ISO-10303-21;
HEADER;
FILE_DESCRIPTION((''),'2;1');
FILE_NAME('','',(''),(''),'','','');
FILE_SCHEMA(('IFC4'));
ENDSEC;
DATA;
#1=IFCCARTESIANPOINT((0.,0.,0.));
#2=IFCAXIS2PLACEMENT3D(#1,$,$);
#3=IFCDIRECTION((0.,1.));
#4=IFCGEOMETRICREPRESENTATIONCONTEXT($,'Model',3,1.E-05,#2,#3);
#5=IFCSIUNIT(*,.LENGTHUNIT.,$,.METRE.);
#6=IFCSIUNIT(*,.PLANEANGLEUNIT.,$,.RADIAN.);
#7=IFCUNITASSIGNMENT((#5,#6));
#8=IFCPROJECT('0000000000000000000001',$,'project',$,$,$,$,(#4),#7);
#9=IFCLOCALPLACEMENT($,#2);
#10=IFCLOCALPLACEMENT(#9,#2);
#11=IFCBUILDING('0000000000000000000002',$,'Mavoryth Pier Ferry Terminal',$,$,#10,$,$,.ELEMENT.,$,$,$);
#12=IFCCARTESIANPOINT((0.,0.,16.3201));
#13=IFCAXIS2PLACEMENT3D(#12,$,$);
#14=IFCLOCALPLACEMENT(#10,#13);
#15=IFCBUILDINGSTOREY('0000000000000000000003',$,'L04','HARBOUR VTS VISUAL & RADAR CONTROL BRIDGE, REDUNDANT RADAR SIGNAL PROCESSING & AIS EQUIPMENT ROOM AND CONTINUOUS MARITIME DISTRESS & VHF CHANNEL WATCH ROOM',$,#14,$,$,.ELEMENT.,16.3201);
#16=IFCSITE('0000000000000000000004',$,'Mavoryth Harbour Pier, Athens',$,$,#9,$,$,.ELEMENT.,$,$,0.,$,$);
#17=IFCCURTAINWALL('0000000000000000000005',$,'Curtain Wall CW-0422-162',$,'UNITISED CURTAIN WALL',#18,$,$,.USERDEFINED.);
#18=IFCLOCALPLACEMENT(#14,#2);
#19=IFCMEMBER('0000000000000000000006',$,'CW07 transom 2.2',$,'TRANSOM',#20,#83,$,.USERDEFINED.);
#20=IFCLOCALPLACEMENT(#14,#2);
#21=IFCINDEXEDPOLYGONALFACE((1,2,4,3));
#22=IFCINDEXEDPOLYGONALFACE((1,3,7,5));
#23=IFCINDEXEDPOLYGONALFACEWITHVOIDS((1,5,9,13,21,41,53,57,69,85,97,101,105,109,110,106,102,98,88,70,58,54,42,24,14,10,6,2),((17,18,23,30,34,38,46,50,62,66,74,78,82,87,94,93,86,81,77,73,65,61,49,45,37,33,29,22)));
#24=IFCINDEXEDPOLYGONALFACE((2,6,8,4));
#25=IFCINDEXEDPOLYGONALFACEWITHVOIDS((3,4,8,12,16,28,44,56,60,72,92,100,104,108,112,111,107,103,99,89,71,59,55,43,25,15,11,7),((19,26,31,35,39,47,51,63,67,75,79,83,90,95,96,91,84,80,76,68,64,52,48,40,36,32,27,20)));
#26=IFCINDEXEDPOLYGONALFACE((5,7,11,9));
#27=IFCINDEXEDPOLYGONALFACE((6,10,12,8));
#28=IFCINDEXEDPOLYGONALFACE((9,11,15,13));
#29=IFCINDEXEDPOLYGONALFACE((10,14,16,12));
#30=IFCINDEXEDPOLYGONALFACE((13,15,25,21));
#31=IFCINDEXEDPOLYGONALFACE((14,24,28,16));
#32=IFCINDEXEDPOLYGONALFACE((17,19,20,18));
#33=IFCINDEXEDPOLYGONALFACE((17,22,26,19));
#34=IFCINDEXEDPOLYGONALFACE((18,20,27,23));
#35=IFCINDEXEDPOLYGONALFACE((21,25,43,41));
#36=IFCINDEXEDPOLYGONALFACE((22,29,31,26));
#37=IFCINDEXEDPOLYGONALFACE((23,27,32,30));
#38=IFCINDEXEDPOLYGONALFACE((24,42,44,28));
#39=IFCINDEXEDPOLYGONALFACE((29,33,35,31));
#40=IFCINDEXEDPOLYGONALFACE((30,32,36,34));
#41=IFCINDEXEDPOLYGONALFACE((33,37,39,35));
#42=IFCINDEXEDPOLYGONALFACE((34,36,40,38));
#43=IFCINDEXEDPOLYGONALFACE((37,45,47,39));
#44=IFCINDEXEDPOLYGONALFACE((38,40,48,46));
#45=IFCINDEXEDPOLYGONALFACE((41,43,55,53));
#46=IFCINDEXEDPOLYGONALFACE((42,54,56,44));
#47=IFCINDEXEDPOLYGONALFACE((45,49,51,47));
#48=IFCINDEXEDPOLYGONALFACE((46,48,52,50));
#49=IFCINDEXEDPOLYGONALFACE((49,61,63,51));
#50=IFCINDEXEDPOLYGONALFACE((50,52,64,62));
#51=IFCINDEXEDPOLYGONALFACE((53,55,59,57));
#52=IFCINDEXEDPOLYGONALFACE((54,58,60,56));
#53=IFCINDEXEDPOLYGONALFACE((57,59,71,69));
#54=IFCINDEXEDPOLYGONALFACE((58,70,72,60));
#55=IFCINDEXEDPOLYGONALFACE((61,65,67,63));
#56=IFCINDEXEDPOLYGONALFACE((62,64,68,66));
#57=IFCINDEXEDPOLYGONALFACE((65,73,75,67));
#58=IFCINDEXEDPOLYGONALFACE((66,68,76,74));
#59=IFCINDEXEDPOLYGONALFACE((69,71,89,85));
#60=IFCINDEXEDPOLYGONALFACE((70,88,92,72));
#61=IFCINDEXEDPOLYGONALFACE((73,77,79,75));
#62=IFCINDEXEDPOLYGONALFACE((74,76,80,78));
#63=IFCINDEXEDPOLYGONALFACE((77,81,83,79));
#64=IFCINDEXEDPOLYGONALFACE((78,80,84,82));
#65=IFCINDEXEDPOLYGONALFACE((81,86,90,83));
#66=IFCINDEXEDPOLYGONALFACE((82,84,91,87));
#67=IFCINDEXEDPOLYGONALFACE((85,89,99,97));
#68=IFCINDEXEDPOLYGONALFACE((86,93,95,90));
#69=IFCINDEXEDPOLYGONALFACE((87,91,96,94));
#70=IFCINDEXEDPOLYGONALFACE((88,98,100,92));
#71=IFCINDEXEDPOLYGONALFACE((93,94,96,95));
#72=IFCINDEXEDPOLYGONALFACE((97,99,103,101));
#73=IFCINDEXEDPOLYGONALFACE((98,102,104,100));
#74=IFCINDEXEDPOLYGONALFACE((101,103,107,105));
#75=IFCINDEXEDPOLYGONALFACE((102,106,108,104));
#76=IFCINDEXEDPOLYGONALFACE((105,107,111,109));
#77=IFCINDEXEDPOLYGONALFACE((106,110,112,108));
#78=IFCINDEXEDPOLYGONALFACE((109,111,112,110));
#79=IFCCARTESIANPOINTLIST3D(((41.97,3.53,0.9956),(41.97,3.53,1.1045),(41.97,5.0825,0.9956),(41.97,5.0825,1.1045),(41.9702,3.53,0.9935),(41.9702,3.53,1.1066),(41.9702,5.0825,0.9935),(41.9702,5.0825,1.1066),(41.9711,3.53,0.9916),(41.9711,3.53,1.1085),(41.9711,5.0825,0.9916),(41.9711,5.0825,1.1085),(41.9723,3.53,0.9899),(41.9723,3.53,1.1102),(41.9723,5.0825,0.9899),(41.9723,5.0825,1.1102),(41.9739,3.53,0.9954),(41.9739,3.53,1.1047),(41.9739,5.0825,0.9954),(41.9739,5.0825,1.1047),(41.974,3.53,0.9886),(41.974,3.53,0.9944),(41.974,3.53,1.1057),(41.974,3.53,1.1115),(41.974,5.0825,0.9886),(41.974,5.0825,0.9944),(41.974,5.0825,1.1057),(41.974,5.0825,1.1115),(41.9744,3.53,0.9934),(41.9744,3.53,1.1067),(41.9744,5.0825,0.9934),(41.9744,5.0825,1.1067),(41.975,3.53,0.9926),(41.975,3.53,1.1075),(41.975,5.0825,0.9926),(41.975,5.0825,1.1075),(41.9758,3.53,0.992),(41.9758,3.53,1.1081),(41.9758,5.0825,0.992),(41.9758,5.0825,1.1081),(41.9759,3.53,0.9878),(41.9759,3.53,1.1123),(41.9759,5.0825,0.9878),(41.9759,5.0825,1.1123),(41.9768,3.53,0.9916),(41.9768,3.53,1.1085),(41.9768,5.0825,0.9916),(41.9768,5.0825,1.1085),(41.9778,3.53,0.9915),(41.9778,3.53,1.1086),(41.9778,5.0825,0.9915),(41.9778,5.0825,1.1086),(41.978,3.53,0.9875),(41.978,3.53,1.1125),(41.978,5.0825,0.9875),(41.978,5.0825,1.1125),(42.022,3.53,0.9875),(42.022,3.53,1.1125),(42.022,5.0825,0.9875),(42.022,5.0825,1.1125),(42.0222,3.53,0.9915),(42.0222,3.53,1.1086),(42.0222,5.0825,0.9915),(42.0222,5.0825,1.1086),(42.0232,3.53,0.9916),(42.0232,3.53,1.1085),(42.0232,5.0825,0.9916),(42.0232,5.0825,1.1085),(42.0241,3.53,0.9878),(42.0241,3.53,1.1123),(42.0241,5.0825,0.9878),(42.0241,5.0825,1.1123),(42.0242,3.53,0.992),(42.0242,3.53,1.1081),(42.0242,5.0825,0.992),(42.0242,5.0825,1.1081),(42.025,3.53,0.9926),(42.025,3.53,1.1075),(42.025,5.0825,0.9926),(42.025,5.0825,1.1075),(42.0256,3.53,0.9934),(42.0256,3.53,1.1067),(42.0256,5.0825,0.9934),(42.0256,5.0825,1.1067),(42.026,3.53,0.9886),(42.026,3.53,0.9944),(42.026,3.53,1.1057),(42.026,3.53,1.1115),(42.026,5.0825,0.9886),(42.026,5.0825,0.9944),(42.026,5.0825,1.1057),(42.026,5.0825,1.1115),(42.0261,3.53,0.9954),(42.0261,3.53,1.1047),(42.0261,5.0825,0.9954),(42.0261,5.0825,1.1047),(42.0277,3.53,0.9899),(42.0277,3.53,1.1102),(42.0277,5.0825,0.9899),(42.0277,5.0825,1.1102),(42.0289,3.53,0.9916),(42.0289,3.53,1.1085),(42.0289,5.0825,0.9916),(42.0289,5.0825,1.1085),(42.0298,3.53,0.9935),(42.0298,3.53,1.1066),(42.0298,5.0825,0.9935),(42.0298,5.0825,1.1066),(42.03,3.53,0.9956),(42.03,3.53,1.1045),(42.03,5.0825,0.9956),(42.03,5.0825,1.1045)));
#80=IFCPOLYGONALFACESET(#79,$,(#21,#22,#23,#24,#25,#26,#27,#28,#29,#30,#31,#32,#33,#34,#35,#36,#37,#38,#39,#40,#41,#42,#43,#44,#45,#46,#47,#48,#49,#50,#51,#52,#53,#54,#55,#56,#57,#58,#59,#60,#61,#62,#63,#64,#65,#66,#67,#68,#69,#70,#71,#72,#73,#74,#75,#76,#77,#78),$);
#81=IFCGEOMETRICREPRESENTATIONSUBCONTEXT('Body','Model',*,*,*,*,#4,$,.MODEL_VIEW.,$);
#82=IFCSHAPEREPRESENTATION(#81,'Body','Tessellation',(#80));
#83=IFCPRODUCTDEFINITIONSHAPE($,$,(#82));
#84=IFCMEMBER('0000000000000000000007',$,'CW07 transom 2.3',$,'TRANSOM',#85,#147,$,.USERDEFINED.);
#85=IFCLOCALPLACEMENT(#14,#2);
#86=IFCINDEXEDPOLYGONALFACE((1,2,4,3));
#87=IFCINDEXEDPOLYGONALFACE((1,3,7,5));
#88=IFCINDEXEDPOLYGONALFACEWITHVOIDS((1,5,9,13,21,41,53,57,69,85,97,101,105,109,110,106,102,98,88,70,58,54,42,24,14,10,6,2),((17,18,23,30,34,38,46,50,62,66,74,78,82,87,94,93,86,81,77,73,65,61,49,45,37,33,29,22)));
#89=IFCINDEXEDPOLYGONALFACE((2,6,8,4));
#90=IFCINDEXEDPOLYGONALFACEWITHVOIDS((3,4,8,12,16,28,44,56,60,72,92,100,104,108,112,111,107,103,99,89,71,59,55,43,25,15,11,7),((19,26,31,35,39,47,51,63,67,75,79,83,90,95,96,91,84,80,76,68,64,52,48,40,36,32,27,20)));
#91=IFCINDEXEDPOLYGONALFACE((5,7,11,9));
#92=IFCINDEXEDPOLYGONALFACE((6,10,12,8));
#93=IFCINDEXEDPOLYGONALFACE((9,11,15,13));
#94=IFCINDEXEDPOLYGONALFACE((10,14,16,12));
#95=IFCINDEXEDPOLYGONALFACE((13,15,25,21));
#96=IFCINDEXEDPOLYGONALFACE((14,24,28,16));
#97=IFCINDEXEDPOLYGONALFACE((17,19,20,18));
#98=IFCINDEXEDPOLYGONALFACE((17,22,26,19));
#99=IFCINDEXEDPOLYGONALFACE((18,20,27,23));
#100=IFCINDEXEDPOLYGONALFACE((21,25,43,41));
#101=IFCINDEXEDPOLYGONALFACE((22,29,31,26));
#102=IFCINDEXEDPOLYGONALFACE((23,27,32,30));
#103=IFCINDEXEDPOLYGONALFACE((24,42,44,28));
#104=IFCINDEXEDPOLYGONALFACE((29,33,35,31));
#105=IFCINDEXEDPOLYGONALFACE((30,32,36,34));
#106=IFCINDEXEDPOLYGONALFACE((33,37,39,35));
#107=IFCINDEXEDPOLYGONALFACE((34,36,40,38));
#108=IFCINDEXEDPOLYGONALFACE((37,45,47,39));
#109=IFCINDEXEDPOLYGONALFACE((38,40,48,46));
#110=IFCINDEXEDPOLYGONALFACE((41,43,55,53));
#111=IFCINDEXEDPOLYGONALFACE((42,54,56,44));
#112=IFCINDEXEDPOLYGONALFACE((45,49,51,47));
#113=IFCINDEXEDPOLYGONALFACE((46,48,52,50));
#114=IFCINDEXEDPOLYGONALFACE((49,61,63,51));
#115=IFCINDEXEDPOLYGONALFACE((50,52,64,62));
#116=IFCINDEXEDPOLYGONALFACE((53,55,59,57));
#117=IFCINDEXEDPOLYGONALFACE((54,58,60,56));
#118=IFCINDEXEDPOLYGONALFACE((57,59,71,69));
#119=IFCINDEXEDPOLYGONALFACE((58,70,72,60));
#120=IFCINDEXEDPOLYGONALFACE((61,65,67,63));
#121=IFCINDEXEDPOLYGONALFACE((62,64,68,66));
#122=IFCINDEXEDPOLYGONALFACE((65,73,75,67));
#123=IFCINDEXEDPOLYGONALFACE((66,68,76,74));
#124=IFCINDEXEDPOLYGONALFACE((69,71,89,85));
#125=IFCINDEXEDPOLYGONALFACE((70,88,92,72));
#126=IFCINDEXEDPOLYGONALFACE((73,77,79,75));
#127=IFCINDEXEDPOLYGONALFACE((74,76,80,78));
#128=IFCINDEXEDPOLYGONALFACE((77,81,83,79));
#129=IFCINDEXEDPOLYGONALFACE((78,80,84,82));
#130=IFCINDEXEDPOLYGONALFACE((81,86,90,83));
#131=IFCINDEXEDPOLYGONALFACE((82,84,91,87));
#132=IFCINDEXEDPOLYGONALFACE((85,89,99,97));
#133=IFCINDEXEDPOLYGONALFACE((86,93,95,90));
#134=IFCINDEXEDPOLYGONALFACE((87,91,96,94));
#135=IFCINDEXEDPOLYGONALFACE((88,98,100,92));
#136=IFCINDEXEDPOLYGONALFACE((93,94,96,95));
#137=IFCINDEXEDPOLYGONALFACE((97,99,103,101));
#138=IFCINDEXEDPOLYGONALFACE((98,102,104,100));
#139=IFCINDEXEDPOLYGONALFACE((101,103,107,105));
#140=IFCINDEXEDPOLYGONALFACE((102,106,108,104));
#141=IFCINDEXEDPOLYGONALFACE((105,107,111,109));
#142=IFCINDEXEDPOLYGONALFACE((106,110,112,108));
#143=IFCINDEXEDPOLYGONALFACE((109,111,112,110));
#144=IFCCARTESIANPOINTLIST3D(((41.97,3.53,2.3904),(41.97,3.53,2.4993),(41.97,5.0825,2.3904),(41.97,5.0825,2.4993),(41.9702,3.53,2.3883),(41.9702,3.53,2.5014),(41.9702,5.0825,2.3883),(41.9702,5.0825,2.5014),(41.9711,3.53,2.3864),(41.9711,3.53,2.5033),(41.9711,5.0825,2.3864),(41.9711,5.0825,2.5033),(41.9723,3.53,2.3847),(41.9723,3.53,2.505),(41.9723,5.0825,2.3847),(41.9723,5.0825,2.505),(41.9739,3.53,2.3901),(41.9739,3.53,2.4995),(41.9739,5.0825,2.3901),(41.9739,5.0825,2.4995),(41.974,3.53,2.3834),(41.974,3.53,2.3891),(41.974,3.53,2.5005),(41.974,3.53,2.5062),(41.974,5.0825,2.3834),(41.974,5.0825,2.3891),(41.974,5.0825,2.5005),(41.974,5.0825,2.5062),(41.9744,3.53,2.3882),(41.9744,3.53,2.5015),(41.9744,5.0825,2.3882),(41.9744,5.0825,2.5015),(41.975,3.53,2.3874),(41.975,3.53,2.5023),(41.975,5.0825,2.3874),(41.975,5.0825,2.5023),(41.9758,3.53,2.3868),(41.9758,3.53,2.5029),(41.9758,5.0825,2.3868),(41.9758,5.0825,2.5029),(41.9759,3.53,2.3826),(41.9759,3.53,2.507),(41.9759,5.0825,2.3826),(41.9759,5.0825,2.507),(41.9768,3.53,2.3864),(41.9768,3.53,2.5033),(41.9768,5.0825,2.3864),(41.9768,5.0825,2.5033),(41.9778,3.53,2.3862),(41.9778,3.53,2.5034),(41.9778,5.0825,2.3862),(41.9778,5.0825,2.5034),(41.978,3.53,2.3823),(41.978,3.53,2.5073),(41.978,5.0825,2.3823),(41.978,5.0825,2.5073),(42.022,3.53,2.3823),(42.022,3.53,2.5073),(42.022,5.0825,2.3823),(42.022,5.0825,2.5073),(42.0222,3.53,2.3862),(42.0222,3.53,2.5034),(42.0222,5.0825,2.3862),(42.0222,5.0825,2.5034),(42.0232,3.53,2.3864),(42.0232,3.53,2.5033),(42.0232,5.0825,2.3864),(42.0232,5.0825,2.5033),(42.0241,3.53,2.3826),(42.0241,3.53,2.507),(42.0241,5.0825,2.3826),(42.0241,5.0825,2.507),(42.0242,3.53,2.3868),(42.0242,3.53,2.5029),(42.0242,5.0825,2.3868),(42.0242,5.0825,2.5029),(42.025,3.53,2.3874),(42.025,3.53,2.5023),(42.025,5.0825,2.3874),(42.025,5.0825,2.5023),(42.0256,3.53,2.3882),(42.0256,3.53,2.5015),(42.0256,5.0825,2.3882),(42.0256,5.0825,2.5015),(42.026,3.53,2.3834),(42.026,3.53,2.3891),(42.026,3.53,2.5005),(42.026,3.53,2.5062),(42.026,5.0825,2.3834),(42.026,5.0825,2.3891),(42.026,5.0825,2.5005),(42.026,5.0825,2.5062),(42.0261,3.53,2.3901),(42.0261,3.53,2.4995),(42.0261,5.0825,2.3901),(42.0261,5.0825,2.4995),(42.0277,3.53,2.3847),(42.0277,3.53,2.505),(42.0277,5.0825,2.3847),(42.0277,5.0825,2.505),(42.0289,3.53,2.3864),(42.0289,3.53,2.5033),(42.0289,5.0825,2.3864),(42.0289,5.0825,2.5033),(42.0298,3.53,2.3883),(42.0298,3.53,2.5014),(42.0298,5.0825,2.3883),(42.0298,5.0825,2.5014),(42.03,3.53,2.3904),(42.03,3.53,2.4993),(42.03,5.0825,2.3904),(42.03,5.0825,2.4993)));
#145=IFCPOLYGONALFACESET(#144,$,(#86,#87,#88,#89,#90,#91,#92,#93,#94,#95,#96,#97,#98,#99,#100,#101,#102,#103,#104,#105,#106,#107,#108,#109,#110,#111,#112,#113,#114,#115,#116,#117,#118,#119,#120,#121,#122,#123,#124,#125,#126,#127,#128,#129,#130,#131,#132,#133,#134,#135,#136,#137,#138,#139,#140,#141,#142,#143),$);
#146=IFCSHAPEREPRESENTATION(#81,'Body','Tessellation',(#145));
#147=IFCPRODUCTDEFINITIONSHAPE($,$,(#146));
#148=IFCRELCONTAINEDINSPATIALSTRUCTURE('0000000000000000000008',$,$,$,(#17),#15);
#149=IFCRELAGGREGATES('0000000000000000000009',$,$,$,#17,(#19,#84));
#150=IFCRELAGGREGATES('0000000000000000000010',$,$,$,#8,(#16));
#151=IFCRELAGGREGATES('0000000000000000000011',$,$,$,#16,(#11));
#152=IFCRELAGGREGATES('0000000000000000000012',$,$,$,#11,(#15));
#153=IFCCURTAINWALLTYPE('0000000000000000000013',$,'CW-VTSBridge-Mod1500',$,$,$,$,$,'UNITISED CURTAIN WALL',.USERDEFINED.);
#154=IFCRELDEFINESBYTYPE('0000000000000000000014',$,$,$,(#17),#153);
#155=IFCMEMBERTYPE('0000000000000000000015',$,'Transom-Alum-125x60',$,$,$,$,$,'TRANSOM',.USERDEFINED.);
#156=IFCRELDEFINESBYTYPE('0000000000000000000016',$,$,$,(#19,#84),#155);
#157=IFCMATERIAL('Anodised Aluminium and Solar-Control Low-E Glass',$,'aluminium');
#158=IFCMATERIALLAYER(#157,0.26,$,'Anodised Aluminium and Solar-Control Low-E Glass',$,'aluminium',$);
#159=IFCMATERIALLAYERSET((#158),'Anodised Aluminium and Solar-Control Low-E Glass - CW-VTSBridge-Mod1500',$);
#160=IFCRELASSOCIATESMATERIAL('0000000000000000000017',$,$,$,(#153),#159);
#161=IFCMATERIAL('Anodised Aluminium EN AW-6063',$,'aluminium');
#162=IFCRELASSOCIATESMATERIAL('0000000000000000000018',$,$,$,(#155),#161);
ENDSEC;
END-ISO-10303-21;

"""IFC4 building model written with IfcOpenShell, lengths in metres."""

from ifc_helpers import new_model, si_unit, direction, frame, origin, origin_2d, place, context, subcontext, project, spatial, hollow_rectangle, extrude, material, layer, layer_set, material_profile, profile_set, type_object, element, aggregate, save


model = new_model("IFC4")

# Units and contexts
model_context = context("Model", 3, precision=1e-05, world=origin(), true_north=direction((0.0, 1.0)))
body_context = subcontext(model_context, "Body", "Model", "MODEL_VIEW")
ifc_project = project(units=[si_unit("LENGTHUNIT", "METRE"), si_unit("PLANEANGLEUNIT", "RADIAN")], contexts=[model_context])

# Site, building, storey
site_placement = place(None, origin())
site = spatial("IfcSite", under=ifc_project, at=site_placement, Name="Mavoryth Harbour Pier, Athens", CompositionType="ELEMENT", RefElevation=0.0)
building_placement = place(site_placement, origin())
building = spatial("IfcBuilding", under=site, at=building_placement, Name="Mavoryth Pier Ferry Terminal", CompositionType="ELEMENT")
storey_placement = place(building_placement, frame((0.0, 0.0, 16.3201)))
storey = spatial("IfcBuildingStorey", under=building, at=storey_placement, Name="L04", Description="HARBOUR VTS VISUAL & RADAR CONTROL BRIDGE, REDUNDANT RADAR SIGNAL PROCESSING & AIS EQUIPMENT ROOM AND CONTINUOUS MARITIME DISTRESS & VHF CHANNEL WATCH ROOM", CompositionType="ELEMENT", Elevation=16.3201)

# Curtain wall, members
ifc_material_1 = material(Name="Anodised Aluminium and Solar-Control Low-E Glass", Category="aluminium")
ifc_layer_1 = layer(ifc_material_1, 0.26, Name="Anodised Aluminium and Solar-Control Low-E Glass", Category="aluminium")
ifc_layer_set_1 = layer_set([ifc_layer_1], Name="Anodised Aluminium and Solar-Control Low-E Glass - CW-VTSBridge-Mod1500")
curtain_wall_type = type_object("IfcCurtainWallType", Name="CW-VTSBridge-Mod1500", ElementType="UNITISED CURTAIN WALL", PredefinedType="USERDEFINED", material=ifc_layer_set_1)
ifc_material_2 = material(Name="Anodised Aluminium EN AW-6063", Category="aluminium")
curtain_wall_1_placement = place(storey_placement, origin())
curtain_wall_1 = element("IfcCurtainWall", 1, at=curtain_wall_1_placement, inside=storey, type_object=curtain_wall_type, Name="Curtain Wall CW-0422-162", ObjectType="UNITISED CURTAIN WALL", PredefinedType="USERDEFINED")
ifc_material_profile_1 = material_profile(ifc_material_2, hollow_rectangle(XDim=0.0601, YDim=0.125, WallThickness=0.0039, InnerFilletRadius=0.0039, OuterFilletRadius=0.0081, at=origin_2d()), Name="AL-TRAN 125x60x4", Category="aluminium")
ifc_profile_set_1 = profile_set([ifc_material_profile_1], Name="Anodised Aluminium EN AW-6063 - AL-TRAN 125x60x4")
member_type_1 = type_object("IfcMemberType", Name="Transom-Alum-125x60", ElementType="TRANSOM", PredefinedType="USERDEFINED", material=ifc_profile_set_1)
member_1_placement = place(storey_placement, frame((42.0, 5.0825, 1.05), z_axis=(0.0, -1.0, 0.0), x_axis=(1.0, 0.0, 0.0)))
member_1 = element("IfcMember", 2, at=member_1_placement, type_object=member_type_1, Name="CW07 transom 2.2", ObjectType="TRANSOM", PredefinedType="USERDEFINED", context=body_context, shape_type="SweptSolid", body=[
    extrude(hollow_rectangle(XDim=0.0601, YDim=0.125, WallThickness=0.0039, InnerFilletRadius=0.0039, OuterFilletRadius=0.0081, at=origin_2d()), origin(), (0.0, 0.0, 1.0), 1.5525),
])
member_2_placement = place(storey_placement, frame((42.0, 5.0825, 2.4448), z_axis=(0.0, -1.0, 0.0), x_axis=(1.0, 0.0, 0.0)))
member_2 = element("IfcMember", 3, at=member_2_placement, type_object=member_type_1, Name="CW07 transom 2.3", ObjectType="TRANSOM", PredefinedType="USERDEFINED", context=body_context, shape_type="SweptSolid", body=[
    extrude(hollow_rectangle(XDim=0.0601, YDim=0.125, WallThickness=0.0039, InnerFilletRadius=0.0039, OuterFilletRadius=0.0081, at=origin_2d()), origin(), (0.0, 0.0, 1.0), 1.5525),
])

aggregate(curtain_wall_1, [member_1, member_2])

save(model, "model.ifc")
